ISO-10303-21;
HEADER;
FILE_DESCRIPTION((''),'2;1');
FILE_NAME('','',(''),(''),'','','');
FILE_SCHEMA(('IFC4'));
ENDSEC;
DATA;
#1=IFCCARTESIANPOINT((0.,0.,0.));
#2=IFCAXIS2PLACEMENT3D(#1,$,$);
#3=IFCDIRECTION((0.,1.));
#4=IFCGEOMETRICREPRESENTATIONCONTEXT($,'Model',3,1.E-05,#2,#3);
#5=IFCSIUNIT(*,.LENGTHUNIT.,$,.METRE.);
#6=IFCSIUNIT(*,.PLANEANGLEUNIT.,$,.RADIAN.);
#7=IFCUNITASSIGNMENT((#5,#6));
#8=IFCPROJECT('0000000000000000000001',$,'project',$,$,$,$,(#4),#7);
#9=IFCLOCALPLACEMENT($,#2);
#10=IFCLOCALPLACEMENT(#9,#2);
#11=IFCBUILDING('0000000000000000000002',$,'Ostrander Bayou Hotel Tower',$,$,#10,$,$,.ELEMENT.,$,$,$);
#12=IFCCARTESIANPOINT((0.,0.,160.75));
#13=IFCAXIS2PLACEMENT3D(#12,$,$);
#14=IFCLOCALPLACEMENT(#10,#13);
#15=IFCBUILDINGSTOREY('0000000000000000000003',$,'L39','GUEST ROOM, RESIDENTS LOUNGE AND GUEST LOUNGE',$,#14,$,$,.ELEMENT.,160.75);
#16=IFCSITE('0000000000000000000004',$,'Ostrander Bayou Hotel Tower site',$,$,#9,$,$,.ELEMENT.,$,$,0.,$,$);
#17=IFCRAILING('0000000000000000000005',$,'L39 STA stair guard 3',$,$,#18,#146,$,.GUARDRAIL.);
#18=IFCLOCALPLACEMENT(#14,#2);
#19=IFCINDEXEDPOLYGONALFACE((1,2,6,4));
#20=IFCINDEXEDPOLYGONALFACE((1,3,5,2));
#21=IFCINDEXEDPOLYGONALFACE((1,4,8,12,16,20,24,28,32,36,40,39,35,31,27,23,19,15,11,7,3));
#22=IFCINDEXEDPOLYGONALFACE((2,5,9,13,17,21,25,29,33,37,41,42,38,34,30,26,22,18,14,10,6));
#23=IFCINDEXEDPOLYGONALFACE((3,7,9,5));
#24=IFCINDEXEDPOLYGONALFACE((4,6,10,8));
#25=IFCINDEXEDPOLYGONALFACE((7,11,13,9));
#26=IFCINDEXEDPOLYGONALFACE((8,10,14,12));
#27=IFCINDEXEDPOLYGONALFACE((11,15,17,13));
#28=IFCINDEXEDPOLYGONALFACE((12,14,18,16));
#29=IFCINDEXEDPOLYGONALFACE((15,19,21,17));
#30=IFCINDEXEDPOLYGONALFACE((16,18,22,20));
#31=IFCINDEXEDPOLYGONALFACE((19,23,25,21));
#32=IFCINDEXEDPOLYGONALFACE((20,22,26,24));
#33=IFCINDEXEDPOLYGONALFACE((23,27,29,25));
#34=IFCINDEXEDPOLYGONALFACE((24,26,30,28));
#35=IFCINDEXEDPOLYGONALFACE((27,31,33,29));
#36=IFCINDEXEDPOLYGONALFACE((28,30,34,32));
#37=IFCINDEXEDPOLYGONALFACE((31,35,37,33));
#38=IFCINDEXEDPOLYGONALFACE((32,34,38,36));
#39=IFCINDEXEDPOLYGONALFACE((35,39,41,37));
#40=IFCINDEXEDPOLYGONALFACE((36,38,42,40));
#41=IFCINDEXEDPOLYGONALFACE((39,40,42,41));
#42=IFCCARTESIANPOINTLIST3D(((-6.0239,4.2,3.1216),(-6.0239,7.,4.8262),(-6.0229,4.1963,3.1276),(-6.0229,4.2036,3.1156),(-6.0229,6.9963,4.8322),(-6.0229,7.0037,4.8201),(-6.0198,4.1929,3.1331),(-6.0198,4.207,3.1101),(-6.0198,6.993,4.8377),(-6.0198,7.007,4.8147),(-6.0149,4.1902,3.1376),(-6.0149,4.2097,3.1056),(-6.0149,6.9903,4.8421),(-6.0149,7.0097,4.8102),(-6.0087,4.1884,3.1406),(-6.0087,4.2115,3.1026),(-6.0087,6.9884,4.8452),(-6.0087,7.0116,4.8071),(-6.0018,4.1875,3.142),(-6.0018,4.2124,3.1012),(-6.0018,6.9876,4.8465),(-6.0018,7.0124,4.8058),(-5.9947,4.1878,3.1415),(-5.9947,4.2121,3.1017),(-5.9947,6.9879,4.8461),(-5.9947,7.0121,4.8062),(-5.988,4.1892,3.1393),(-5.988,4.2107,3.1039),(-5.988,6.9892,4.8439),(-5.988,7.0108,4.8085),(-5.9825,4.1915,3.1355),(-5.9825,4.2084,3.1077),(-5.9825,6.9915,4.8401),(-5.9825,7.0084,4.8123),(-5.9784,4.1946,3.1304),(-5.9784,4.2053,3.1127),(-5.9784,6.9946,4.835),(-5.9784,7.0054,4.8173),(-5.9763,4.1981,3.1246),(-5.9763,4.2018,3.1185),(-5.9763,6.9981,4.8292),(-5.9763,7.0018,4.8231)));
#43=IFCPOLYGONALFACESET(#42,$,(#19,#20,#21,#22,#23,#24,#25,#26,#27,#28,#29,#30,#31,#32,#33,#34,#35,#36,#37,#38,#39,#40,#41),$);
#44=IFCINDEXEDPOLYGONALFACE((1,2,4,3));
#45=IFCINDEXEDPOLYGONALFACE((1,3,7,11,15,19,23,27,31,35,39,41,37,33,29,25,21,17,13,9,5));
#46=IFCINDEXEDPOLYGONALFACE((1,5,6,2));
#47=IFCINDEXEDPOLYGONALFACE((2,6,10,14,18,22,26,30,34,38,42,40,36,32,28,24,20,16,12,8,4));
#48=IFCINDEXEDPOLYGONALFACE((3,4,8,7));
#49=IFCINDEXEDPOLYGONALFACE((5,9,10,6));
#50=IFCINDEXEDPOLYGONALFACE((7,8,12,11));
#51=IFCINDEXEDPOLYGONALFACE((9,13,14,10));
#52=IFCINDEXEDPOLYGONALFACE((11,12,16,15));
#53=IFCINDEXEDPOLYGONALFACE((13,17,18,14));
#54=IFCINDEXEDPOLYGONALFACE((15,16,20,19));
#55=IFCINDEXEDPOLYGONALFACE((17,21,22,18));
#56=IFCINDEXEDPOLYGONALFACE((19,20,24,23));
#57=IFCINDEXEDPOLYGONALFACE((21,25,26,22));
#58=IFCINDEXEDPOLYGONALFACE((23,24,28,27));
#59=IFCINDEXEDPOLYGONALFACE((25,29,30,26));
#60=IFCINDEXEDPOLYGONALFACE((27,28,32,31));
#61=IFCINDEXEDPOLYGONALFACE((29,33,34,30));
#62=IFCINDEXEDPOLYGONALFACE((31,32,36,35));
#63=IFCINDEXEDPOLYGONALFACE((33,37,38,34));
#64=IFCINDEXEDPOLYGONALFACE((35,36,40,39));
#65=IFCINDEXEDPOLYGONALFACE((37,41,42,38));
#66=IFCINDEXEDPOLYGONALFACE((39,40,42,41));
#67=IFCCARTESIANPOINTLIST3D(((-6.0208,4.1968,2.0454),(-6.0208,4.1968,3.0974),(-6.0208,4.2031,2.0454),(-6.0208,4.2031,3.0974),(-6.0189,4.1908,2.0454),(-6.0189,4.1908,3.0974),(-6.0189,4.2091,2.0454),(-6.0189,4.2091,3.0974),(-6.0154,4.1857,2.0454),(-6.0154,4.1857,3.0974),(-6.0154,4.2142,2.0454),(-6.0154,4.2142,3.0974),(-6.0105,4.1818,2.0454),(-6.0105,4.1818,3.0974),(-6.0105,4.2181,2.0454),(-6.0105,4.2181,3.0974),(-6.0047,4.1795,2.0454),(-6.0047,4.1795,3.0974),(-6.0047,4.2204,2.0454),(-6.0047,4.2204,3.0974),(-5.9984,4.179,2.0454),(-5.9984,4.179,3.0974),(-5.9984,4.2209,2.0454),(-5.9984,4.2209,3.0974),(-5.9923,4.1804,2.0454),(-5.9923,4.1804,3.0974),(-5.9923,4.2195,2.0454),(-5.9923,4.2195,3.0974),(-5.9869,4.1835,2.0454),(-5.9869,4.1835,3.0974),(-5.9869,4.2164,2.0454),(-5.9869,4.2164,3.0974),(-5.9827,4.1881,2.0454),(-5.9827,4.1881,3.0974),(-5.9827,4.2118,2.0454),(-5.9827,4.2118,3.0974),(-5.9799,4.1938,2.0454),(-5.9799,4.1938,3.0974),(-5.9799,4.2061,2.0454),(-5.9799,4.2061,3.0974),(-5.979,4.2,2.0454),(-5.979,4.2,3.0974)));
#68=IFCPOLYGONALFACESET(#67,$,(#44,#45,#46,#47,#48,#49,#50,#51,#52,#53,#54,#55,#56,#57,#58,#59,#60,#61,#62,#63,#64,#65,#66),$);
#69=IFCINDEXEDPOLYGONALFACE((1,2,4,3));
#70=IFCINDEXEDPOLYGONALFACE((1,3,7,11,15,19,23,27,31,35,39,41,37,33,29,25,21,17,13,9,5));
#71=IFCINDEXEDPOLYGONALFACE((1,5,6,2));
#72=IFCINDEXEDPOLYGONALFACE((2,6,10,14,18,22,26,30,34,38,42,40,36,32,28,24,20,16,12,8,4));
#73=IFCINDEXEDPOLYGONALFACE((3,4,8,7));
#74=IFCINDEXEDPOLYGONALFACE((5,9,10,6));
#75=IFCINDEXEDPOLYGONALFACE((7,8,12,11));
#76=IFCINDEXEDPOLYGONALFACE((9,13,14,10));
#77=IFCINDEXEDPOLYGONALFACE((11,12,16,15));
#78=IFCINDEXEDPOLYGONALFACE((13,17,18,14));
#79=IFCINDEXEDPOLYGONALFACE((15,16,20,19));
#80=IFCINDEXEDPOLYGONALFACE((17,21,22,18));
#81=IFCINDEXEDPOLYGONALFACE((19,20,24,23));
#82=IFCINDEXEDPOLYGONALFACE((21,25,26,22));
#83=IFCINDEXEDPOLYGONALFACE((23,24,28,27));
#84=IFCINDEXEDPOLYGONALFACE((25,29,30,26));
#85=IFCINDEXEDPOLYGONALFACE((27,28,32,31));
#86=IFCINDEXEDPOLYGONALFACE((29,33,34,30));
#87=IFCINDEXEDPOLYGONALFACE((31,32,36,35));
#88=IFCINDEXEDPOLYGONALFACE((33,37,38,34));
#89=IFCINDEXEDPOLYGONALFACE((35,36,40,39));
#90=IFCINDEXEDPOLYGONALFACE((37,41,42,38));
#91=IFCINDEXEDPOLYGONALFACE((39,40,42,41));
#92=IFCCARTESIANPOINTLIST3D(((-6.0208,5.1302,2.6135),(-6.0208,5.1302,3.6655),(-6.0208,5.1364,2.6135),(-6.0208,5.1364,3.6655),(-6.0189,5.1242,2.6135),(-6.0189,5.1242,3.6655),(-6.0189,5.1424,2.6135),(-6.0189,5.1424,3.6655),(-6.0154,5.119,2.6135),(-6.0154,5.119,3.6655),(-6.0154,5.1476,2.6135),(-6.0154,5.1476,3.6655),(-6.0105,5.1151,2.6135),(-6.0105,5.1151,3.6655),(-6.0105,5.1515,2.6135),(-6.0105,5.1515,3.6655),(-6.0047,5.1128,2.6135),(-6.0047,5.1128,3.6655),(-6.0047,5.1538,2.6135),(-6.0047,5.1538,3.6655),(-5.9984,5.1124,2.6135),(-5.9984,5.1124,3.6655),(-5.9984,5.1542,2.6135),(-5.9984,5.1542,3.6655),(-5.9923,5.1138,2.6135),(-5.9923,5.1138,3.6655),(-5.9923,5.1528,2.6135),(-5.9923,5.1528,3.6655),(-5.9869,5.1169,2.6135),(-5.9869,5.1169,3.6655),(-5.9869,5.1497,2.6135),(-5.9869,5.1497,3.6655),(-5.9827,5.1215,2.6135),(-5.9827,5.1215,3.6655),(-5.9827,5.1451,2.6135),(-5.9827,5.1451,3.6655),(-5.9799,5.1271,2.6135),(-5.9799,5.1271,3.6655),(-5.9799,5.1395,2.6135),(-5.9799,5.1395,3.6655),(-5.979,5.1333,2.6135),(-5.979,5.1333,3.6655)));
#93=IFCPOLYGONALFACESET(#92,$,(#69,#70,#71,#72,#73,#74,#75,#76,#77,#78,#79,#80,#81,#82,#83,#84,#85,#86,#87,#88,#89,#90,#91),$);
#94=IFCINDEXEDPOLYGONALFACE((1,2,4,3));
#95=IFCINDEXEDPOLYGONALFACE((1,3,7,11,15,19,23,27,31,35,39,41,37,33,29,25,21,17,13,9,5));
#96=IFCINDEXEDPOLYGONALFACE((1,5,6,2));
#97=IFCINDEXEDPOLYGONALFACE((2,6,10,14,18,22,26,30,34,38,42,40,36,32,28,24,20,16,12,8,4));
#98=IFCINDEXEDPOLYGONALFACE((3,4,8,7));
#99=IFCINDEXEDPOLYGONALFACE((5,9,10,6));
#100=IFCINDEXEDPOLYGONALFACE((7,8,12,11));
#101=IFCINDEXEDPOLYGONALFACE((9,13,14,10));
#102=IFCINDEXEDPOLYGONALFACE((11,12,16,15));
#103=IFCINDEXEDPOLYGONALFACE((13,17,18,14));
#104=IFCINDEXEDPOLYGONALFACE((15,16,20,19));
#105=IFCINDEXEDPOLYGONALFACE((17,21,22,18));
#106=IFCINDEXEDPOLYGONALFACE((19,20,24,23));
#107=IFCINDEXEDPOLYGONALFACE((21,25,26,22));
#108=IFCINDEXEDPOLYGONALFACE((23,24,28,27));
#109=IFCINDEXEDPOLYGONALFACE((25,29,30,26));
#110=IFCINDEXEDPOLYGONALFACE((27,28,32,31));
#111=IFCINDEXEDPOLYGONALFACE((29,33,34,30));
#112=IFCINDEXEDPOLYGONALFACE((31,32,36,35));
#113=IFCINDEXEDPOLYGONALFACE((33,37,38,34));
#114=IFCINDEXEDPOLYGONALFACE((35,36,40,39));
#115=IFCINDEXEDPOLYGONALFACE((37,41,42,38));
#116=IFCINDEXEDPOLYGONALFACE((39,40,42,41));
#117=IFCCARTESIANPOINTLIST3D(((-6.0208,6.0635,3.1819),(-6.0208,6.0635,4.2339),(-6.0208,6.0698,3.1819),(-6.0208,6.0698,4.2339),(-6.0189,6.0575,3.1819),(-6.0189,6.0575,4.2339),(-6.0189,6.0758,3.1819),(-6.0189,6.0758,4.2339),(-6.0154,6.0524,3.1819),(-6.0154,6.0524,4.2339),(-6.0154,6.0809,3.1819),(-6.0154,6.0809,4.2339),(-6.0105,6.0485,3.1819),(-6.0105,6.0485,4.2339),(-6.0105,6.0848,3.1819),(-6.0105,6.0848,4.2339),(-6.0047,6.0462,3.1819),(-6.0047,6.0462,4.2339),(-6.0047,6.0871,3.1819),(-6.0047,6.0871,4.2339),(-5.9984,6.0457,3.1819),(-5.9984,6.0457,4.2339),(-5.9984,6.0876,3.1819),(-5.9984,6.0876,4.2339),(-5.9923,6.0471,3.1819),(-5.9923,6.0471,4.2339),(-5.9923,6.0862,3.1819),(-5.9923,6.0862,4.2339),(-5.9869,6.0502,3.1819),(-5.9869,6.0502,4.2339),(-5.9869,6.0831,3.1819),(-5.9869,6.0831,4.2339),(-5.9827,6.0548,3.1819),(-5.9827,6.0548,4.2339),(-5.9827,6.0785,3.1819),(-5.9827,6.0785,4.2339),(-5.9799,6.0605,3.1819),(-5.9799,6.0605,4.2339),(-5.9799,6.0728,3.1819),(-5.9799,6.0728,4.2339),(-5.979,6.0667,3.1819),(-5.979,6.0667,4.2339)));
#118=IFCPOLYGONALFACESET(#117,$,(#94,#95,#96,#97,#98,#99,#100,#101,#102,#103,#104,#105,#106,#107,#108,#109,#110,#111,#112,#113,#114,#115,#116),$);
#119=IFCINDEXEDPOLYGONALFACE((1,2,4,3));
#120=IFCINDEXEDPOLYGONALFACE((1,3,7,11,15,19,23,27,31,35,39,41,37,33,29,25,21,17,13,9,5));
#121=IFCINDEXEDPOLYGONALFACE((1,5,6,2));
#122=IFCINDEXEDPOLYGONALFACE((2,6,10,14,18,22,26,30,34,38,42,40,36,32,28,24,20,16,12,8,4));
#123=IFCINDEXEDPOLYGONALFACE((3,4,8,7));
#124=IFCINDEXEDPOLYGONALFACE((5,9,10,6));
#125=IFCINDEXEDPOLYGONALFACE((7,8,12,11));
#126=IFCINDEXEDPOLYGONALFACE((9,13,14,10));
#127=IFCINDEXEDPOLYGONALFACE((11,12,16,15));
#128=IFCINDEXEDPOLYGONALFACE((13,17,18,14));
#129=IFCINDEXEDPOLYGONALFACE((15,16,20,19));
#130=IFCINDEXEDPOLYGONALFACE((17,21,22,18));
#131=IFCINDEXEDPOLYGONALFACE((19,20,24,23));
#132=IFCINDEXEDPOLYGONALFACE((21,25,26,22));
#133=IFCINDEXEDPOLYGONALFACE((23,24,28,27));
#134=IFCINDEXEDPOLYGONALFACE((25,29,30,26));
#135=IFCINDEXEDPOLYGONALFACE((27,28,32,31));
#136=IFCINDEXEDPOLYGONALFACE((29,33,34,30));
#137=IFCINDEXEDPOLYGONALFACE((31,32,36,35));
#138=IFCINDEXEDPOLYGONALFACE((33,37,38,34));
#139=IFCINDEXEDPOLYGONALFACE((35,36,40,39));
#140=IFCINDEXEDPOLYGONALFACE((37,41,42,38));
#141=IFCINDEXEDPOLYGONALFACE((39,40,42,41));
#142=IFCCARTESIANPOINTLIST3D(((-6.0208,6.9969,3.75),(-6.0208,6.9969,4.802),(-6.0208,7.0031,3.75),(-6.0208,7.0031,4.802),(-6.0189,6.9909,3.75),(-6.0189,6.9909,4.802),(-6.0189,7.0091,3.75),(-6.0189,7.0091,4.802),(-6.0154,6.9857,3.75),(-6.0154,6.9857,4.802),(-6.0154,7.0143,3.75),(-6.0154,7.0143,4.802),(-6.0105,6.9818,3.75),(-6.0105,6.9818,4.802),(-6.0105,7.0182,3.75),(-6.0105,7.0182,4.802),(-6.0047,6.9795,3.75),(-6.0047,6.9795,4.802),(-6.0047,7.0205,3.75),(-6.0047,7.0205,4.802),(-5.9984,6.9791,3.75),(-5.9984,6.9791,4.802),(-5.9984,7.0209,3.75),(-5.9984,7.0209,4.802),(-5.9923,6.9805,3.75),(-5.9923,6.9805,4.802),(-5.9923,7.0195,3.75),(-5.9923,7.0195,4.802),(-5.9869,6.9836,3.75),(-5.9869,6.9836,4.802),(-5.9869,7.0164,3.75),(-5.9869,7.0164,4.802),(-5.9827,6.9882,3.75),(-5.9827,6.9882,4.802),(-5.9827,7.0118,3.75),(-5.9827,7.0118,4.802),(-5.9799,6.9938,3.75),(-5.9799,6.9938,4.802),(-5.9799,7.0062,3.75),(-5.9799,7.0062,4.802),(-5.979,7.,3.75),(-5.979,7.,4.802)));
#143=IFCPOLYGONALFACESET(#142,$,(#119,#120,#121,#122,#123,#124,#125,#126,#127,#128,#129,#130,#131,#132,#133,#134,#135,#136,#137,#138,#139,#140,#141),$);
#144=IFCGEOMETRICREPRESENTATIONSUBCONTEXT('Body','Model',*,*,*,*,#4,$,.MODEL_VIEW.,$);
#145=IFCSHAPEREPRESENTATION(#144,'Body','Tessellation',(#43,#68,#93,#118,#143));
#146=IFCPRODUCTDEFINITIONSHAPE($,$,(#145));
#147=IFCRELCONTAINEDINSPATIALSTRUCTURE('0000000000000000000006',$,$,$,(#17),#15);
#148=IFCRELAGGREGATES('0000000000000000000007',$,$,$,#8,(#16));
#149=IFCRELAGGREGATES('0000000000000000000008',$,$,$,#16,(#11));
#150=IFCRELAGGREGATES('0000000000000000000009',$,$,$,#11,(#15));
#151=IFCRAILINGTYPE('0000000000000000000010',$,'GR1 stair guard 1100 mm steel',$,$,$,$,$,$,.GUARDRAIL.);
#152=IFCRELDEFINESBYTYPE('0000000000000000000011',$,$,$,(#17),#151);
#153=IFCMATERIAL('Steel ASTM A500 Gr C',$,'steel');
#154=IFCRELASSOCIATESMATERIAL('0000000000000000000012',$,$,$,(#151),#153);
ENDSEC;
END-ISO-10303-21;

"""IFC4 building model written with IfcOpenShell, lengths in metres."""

from ifc_helpers import new_model, si_unit, direction, frame, origin, origin_2d, place, context, subcontext, project, spatial, circle, extrude, material, type_object, element, save


model = new_model("IFC4")

# Units and contexts
model_context = context("Model", 3, precision=1e-05, world=origin(), true_north=direction((0.0, 1.0)))
body_context = subcontext(model_context, "Body", "Model", "MODEL_VIEW")
ifc_project = project(units=[si_unit("LENGTHUNIT", "METRE"), si_unit("PLANEANGLEUNIT", "RADIAN")], contexts=[model_context])

# Site, building, storey
site_placement = place(None, origin())
site = spatial("IfcSite", under=ifc_project, at=site_placement, Name="Ostrander Bayou Hotel Tower site", CompositionType="ELEMENT", RefElevation=0.0)
building_placement = place(site_placement, origin())
building = spatial("IfcBuilding", under=site, at=building_placement, Name="Ostrander Bayou Hotel Tower", CompositionType="ELEMENT")
storey_placement = place(building_placement, frame((0.0, 0.0, 160.75)))
storey = spatial("IfcBuildingStorey", under=building, at=storey_placement, Name="L39", Description="GUEST ROOM, RESIDENTS LOUNGE AND GUEST LOUNGE", CompositionType="ELEMENT", Elevation=160.75)

# Railing
ifc_material_1 = material(Name="Steel ASTM A500 Gr C", Category="steel")
railing_type_1 = type_object("IfcRailingType", Name="GR1 stair guard 1100 mm steel", PredefinedType="GUARDRAIL", material=ifc_material_1)
railing_1_placement = place(storey_placement, frame((-6.0, 4.2, 2.0454)))
element("IfcRailing", 1, at=railing_1_placement, inside=storey, type_object=railing_type_1, Name="L39 STA stair guard 3", PredefinedType="GUARDRAIL", context=body_context, shape_type="SweptSolid", body=[
    extrude(circle(Radius=0.0239, at=origin_2d()), frame((0.0, 0.0, 1.0762), z_axis=(0.0, 0.85417, 0.519994), x_axis=(-1.0, 0.0, 0.0)), (0.0, 0.0, 1.0), 3.2781),
    extrude(circle(Radius=0.021, at=origin_2d()), origin(), (0.0, 0.0, 1.0), 1.052),
    extrude(circle(Radius=0.021, at=origin_2d()), frame((0.0, 0.9333, 0.5681)), (0.0, 0.0, 1.0), 1.052),
    extrude(circle(Radius=0.021, at=origin_2d()), frame((0.0, 1.8667, 1.1365)), (0.0, 0.0, 1.0), 1.052),
    extrude(circle(Radius=0.021, at=origin_2d()), frame((0.0, 2.8, 1.7046)), (0.0, 0.0, 1.0), 1.052),
])

save(model, "model.ifc")
